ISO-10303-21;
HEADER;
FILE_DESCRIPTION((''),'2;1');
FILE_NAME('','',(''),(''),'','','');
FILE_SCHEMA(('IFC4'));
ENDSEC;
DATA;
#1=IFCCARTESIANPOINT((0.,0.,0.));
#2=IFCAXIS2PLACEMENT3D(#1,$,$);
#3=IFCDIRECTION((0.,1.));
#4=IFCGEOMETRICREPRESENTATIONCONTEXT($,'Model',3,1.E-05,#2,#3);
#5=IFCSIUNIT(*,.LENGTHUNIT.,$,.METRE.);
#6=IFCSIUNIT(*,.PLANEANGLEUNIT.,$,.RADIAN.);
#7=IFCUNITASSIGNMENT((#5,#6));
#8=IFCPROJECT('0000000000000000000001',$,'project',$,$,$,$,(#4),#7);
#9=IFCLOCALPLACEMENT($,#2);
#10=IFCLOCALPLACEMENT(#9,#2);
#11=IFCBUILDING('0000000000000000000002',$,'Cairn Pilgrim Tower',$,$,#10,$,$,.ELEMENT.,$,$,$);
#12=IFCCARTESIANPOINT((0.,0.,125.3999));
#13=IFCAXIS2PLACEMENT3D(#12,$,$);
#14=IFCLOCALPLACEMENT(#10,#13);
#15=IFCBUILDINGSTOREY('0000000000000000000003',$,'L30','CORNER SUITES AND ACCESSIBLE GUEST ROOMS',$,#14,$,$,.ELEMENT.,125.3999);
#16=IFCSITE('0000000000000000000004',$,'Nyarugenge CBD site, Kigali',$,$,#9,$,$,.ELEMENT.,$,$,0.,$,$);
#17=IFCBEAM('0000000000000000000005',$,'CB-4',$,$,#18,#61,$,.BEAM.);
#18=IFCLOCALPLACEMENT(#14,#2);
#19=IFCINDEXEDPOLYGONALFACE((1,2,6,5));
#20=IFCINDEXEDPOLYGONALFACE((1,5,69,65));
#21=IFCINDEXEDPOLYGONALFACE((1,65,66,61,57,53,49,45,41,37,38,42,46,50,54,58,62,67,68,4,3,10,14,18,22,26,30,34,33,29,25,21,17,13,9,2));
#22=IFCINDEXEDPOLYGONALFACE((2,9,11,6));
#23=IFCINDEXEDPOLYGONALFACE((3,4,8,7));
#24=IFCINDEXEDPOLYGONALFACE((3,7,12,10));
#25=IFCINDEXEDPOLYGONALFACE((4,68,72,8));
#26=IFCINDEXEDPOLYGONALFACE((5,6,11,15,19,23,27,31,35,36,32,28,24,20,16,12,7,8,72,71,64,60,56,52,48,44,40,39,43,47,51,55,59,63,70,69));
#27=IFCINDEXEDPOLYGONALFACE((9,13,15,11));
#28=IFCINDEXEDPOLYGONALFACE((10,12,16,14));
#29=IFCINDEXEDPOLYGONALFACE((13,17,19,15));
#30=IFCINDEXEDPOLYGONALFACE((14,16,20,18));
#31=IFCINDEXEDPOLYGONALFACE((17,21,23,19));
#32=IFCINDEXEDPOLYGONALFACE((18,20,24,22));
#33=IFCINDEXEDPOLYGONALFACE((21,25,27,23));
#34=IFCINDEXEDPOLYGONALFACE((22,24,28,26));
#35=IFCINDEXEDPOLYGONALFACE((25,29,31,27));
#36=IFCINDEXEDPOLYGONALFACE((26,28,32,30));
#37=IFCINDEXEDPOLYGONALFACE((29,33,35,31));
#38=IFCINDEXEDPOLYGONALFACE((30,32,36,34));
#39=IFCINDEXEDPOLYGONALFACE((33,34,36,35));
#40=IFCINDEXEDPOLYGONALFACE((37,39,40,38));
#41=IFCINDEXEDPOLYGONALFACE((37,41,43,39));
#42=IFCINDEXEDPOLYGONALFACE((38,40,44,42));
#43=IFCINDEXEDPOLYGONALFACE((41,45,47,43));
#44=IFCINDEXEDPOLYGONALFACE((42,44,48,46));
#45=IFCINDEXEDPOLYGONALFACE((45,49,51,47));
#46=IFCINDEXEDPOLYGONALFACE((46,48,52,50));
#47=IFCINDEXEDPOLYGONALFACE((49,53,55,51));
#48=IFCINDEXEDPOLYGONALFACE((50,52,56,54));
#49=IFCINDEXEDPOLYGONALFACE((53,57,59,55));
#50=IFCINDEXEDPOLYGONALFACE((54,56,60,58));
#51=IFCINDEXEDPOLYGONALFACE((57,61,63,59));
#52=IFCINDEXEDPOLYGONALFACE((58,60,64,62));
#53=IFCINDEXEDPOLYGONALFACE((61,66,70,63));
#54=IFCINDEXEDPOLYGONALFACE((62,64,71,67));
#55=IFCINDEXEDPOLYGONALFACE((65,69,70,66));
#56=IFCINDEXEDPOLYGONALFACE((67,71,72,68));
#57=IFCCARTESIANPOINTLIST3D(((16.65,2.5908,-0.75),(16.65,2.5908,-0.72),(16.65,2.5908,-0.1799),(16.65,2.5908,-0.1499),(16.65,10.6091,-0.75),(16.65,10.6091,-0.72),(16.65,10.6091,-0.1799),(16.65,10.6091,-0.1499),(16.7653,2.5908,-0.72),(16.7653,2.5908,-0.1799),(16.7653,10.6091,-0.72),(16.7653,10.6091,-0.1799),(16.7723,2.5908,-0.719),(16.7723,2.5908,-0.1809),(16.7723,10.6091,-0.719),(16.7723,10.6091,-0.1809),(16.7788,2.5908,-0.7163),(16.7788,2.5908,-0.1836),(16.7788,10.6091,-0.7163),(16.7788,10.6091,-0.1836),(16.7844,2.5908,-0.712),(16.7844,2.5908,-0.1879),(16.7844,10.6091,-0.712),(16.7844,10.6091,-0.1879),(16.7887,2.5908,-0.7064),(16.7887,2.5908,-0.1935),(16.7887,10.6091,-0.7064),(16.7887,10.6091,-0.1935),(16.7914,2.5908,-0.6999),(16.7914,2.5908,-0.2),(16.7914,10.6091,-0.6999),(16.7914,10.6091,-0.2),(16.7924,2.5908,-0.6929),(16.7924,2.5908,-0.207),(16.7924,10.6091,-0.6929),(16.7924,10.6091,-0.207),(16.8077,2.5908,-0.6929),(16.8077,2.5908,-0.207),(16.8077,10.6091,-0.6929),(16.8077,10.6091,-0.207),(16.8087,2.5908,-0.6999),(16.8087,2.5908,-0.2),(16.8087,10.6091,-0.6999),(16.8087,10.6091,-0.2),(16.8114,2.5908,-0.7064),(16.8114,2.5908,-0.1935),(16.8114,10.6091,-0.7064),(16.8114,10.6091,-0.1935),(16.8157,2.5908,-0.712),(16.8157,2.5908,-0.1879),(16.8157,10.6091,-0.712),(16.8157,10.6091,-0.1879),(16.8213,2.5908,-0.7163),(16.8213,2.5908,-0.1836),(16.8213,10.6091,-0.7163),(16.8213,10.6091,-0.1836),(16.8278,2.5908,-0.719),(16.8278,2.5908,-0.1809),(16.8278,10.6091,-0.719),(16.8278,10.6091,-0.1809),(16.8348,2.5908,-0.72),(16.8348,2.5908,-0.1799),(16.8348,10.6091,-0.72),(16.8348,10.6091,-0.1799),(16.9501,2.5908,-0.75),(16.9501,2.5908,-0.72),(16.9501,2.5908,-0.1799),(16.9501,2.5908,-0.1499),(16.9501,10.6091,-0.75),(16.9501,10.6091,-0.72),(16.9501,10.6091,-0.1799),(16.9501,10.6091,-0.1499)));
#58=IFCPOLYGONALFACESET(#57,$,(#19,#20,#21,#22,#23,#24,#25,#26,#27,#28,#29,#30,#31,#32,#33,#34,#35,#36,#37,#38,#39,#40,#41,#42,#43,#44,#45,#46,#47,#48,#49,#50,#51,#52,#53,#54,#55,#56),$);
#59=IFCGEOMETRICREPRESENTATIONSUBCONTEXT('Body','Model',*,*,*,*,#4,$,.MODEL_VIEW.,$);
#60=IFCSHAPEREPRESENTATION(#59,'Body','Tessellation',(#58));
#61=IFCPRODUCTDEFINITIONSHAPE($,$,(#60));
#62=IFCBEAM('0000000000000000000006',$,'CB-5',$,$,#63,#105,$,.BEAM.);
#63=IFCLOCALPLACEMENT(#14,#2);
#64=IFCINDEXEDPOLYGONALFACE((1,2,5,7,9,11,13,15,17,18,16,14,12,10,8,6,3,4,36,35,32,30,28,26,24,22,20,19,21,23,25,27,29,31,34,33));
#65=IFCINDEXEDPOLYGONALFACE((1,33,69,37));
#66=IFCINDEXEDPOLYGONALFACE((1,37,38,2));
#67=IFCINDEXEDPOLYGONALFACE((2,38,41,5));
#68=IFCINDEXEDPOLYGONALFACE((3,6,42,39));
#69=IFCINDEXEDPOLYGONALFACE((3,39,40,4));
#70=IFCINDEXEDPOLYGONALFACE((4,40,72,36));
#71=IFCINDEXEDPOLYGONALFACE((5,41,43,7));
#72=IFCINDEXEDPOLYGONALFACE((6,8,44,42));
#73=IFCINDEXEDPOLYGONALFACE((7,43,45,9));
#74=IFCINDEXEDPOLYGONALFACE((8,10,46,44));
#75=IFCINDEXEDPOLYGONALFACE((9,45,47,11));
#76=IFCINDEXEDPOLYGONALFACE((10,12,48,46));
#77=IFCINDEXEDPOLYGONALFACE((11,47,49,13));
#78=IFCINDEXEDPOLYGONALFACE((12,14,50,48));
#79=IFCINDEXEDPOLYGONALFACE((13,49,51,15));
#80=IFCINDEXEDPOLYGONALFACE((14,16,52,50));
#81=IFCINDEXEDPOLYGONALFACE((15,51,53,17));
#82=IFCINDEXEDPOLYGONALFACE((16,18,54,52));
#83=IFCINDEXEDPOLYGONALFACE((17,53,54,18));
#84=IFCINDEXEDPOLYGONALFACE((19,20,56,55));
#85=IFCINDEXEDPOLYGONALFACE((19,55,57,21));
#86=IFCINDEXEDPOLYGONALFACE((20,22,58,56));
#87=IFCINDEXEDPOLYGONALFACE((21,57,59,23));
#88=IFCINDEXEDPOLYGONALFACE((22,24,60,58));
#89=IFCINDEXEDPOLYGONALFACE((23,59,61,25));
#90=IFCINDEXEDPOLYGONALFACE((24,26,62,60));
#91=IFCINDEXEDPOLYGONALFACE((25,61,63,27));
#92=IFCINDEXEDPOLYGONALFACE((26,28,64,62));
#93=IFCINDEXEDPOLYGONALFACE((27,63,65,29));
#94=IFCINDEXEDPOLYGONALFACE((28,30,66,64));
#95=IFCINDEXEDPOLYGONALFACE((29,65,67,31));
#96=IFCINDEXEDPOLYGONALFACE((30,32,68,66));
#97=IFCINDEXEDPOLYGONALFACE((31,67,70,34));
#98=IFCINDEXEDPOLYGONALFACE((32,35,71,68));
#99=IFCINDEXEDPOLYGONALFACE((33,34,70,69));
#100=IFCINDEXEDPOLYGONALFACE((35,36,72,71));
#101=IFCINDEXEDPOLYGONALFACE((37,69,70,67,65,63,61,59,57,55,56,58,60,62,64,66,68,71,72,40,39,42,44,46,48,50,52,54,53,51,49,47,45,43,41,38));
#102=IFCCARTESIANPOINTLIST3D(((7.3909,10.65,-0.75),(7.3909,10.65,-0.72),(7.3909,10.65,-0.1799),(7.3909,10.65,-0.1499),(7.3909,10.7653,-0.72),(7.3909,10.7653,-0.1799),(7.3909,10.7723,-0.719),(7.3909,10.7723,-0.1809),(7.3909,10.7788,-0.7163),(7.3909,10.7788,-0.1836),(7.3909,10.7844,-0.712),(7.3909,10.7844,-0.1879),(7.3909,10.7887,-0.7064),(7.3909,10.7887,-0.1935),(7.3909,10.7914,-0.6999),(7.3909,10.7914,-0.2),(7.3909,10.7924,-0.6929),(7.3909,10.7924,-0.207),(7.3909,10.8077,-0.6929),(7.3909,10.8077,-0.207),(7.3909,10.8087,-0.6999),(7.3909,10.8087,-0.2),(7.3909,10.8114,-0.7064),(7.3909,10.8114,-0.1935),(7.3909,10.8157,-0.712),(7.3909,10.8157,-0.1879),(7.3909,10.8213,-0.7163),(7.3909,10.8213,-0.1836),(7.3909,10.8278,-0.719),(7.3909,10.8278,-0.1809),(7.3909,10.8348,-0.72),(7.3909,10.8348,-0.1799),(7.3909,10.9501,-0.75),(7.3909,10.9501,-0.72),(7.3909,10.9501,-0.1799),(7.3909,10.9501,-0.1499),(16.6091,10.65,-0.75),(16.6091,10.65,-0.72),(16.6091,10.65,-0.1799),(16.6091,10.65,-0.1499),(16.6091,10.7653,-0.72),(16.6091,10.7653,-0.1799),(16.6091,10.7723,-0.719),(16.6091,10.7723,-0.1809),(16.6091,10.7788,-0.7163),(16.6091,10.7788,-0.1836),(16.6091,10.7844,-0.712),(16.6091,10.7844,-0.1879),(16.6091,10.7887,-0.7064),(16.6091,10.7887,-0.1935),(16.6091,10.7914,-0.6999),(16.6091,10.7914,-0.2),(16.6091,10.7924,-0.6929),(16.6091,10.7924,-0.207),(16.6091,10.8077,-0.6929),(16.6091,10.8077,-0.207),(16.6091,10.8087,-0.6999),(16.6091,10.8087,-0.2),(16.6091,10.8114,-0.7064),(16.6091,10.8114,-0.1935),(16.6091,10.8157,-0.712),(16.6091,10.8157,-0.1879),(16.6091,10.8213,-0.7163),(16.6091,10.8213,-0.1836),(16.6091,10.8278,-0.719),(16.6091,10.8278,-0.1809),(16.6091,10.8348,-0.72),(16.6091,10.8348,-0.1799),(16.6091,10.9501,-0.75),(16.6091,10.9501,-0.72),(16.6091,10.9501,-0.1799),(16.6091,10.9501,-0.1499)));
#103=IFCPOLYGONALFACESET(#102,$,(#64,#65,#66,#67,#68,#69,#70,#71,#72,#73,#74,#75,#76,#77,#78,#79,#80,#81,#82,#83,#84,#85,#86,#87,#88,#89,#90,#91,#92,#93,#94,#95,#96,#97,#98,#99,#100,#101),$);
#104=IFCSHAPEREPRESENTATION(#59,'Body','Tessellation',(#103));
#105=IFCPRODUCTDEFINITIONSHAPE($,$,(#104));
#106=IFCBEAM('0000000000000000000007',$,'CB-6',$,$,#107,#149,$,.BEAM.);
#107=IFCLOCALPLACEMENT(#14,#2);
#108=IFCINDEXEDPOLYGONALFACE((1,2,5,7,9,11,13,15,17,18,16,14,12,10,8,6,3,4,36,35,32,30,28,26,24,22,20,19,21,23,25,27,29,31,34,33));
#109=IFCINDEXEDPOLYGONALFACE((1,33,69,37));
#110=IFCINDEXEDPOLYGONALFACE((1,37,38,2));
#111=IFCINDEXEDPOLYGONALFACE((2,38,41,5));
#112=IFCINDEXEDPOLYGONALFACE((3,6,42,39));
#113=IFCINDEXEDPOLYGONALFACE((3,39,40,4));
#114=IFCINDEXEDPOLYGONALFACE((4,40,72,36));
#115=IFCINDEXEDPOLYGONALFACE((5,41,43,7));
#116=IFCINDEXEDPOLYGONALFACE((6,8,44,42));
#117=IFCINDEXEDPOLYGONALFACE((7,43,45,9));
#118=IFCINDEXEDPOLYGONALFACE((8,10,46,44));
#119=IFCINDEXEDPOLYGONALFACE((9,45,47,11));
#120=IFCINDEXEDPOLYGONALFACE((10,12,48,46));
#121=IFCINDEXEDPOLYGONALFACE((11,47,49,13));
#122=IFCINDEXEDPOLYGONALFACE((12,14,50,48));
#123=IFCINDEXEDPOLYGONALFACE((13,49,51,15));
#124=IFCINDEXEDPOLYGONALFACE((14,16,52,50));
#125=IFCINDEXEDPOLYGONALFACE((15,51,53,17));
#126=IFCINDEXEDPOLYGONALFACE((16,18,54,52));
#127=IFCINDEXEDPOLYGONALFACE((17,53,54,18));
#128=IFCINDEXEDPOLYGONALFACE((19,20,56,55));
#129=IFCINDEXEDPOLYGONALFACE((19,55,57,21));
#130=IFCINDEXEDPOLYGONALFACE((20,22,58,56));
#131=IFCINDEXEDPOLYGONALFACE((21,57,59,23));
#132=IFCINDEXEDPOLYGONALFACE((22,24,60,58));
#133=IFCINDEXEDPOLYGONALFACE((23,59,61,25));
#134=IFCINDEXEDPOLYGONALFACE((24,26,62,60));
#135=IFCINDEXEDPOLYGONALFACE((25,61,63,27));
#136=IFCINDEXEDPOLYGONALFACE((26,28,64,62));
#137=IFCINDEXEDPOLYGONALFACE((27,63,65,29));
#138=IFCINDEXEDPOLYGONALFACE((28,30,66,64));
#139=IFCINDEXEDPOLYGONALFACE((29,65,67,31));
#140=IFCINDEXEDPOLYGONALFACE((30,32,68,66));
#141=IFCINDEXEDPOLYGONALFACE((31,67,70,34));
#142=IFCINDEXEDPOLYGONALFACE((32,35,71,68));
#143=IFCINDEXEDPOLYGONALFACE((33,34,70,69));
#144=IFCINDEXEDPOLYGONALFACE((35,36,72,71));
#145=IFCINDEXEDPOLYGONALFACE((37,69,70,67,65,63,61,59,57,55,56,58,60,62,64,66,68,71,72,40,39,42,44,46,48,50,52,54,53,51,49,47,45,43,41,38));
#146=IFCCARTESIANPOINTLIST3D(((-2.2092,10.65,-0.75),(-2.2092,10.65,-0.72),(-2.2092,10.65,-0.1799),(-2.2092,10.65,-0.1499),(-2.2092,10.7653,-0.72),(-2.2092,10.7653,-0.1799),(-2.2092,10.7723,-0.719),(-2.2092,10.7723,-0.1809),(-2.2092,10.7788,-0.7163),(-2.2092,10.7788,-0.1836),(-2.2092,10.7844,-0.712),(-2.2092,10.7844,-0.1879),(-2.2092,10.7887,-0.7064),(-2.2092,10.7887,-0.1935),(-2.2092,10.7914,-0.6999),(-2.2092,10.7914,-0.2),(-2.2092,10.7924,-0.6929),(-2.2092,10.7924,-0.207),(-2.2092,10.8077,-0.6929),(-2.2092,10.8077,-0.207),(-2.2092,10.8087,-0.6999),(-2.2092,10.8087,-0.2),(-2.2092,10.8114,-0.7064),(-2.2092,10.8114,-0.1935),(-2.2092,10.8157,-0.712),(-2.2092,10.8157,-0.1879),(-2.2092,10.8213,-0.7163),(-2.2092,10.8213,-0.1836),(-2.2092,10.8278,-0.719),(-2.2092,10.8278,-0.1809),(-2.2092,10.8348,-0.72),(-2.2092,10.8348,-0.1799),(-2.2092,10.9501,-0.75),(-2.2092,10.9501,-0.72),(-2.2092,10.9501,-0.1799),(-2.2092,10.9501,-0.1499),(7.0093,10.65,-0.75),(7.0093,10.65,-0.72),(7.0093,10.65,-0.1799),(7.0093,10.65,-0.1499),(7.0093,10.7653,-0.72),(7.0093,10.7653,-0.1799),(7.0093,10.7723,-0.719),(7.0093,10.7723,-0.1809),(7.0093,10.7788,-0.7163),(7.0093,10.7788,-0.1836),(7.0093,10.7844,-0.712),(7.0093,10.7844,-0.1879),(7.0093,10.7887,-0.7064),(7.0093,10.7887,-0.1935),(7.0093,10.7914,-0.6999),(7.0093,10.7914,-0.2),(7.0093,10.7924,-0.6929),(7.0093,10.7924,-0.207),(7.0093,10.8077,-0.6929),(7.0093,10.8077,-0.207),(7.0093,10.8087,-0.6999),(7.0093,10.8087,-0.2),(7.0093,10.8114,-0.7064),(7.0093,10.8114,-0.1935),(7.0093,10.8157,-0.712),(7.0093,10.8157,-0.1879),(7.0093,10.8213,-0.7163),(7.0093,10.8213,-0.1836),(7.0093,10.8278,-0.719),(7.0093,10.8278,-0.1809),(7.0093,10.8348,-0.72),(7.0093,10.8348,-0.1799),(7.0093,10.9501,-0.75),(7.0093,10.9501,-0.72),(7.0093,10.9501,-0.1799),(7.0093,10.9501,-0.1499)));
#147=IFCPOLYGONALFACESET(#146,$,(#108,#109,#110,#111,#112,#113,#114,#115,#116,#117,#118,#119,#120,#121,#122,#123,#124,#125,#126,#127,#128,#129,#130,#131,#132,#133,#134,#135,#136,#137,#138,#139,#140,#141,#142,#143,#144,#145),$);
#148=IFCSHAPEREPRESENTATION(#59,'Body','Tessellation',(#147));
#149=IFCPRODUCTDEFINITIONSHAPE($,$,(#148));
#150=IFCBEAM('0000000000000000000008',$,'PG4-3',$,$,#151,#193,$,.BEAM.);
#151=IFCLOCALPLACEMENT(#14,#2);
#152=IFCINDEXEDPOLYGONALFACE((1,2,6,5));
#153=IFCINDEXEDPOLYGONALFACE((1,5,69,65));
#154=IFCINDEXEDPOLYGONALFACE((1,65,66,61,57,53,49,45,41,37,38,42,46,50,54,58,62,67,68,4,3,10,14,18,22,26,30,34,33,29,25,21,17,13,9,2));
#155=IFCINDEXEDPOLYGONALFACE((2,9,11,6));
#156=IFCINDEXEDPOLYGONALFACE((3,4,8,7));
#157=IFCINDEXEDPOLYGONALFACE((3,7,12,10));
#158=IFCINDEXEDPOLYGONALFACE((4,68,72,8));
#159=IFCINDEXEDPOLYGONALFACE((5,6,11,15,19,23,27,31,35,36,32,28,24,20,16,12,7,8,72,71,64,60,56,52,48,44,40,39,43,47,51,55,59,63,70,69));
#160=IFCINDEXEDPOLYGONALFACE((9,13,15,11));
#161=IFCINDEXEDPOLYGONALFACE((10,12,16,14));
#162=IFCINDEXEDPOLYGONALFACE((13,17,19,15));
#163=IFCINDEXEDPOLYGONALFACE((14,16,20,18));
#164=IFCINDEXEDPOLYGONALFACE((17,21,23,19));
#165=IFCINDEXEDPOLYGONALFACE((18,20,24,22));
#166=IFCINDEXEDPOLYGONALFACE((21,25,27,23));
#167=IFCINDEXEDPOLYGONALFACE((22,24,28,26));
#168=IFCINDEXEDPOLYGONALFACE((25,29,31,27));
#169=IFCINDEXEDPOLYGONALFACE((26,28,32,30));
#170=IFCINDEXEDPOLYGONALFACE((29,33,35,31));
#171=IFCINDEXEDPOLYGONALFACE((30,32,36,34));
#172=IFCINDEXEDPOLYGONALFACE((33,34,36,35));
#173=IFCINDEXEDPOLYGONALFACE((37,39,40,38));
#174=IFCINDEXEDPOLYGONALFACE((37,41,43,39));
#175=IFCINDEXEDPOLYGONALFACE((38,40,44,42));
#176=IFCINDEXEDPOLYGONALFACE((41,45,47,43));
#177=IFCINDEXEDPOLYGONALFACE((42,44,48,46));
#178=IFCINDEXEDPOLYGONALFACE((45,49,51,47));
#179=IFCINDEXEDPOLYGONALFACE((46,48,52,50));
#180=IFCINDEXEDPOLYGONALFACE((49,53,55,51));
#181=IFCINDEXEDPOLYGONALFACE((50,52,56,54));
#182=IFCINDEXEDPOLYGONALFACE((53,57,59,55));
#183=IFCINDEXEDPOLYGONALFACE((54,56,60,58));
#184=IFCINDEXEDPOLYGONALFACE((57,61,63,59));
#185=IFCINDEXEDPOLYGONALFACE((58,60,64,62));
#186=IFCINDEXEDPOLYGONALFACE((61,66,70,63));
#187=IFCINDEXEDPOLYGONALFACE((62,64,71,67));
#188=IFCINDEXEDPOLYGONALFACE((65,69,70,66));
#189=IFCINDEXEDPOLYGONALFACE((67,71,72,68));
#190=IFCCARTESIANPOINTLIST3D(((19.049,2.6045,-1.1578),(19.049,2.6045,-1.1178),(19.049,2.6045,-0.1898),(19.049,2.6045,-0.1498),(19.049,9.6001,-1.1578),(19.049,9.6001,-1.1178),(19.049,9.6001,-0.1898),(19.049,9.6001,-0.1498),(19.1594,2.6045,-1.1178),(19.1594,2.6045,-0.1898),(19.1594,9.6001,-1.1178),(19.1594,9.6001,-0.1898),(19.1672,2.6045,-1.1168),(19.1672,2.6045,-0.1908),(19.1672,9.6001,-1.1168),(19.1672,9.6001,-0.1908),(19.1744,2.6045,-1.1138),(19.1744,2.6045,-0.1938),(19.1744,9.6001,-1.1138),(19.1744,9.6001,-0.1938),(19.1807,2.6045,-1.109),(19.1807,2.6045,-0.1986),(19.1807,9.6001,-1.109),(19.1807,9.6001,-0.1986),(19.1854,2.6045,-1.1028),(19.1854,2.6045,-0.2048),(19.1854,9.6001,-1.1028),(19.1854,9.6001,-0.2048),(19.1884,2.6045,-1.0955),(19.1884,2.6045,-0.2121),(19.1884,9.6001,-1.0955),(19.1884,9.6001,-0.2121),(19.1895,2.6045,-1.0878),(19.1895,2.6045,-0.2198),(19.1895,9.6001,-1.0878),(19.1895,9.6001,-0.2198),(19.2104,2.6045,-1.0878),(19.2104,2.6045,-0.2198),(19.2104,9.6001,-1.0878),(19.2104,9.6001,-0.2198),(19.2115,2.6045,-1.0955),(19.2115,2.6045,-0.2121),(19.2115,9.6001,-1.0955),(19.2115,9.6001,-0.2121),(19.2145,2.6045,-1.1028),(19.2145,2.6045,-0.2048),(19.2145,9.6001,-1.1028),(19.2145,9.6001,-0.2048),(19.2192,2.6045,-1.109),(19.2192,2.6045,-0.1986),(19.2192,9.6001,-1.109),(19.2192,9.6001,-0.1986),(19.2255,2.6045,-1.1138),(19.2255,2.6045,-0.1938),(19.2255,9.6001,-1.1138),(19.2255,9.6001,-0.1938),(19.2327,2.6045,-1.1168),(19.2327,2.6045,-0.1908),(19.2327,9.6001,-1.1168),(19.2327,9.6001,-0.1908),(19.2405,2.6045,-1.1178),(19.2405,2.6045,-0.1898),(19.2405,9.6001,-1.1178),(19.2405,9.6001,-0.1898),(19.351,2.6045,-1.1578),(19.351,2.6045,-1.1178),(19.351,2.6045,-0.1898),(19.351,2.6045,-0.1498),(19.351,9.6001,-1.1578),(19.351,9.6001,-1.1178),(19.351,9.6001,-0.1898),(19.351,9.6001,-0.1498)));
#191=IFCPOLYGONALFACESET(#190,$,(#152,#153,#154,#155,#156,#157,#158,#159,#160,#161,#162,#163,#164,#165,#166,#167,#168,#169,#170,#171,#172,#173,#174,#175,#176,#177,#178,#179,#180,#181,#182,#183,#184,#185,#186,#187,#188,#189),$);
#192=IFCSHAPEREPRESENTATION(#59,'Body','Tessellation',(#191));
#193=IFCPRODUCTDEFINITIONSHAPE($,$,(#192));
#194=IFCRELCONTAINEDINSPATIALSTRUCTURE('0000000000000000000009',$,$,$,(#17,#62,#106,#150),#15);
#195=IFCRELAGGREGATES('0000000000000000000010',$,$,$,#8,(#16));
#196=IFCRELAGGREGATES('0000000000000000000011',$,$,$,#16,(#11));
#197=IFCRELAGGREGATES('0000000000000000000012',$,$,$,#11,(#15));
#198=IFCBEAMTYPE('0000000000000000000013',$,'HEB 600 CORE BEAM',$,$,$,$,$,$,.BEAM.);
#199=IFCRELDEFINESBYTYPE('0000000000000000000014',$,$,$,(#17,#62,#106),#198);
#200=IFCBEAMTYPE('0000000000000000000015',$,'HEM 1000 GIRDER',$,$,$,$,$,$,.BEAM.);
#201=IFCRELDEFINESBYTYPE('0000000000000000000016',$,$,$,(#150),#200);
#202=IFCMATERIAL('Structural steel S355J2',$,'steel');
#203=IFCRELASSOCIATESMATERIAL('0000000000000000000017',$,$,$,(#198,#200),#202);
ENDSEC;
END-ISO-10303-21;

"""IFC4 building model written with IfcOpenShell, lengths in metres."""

from ifc_helpers import new_model, si_unit, direction, frame, origin, origin_2d, place, context, subcontext, project, spatial, i_section, extrude, material, material_profile, profile_set, type_object, element, save


model = new_model("IFC4")

# Units and contexts
model_context = context("Model", 3, precision=1e-05, world=origin(), true_north=direction((0.0, 1.0)))
body_context = subcontext(model_context, "Body", "Model", "MODEL_VIEW")
ifc_project = project(units=[si_unit("LENGTHUNIT", "METRE"), si_unit("PLANEANGLEUNIT", "RADIAN")], contexts=[model_context])

# Site, building, storey
site_placement = place(None, origin())
site = spatial("IfcSite", under=ifc_project, at=site_placement, Name="Nyarugenge CBD site, Kigali", CompositionType="ELEMENT", RefElevation=0.0)
building_placement = place(site_placement, origin())
building = spatial("IfcBuilding", under=site, at=building_placement, Name="Cairn Pilgrim Tower", CompositionType="ELEMENT")
storey_placement = place(building_placement, frame((0.0, 0.0, 125.3999)))
storey = spatial("IfcBuildingStorey", under=building, at=storey_placement, Name="L30", Description="CORNER SUITES AND ACCESSIBLE GUEST ROOMS", CompositionType="ELEMENT", Elevation=125.3999)

# Beams
ifc_material_1 = material(Name="Structural steel S355J2", Category="steel")
ifc_material_profile_1 = material_profile(ifc_material_1, i_section(OverallWidth=0.3, OverallDepth=0.6001, WebThickness=0.0154, FlangeThickness=0.03, FilletRadius=0.0271, at=origin_2d()), Name="HEB 600")
ifc_profile_set_1 = profile_set([ifc_material_profile_1], Name="Structural steel S355J2")
beam_type_1 = type_object("IfcBeamType", Name="HEB 600 CORE BEAM", PredefinedType="BEAM", material=ifc_profile_set_1)
beam_1_placement = place(storey_placement, frame((16.8, 2.5908, -0.45), z_axis=(0.0, 1.0, 0.0), x_axis=(-1.0, 0.0, 0.0)))
element("IfcBeam", 1, at=beam_1_placement, inside=storey, type_object=beam_type_1, Name="CB-4", PredefinedType="BEAM", context=body_context, shape_type="SweptSolid", body=[
    extrude(i_section(OverallWidth=0.3, OverallDepth=0.6001, WebThickness=0.0154, FlangeThickness=0.03, FilletRadius=0.0271, at=origin_2d()), origin(), (0.0, 0.0, 1.0), 8.0183),
])
beam_2_placement = place(storey_placement, frame((16.6091, 10.8, -0.45), z_axis=(-1.0, 0.0, 0.0), x_axis=(0.0, -1.0, 0.0)))
element("IfcBeam", 2, at=beam_2_placement, inside=storey, type_object=beam_type_1, Name="CB-5", PredefinedType="BEAM", context=body_context, shape_type="SweptSolid", body=[
    extrude(i_section(OverallWidth=0.3, OverallDepth=0.6001, WebThickness=0.0154, FlangeThickness=0.03, FilletRadius=0.0271, at=origin_2d()), origin(), (0.0, 0.0, 1.0), 9.2183),
])
beam_3_placement = place(storey_placement, frame((7.0093, 10.8, -0.45), z_axis=(-1.0, 0.0, 0.0), x_axis=(0.0, -1.0, 0.0)))
element("IfcBeam", 3, at=beam_3_placement, inside=storey, type_object=beam_type_1, Name="CB-6", PredefinedType="BEAM", context=body_context, shape_type="SweptSolid", body=[
    extrude(i_section(OverallWidth=0.3, OverallDepth=0.6001, WebThickness=0.0154, FlangeThickness=0.03, FilletRadius=0.0271, at=origin_2d()), origin(), (0.0, 0.0, 1.0), 9.2185),
])
ifc_material_profile_2 = material_profile(ifc_material_1, i_section(OverallWidth=0.302, OverallDepth=1.0081, WebThickness=0.021, FlangeThickness=0.04, FilletRadius=0.03, at=origin_2d()), Name="HEM 1000")
ifc_profile_set_2 = profile_set([ifc_material_profile_2], Name="Structural steel S355J2")
beam_type_2 = type_object("IfcBeamType", Name="HEM 1000 GIRDER", PredefinedType="BEAM", material=ifc_profile_set_2)
beam_4_placement = place(storey_placement, frame((19.2, 2.6045, -0.6538), z_axis=(0.0, 1.0, 0.0), x_axis=(-1.0, 0.0, 0.0)))
element("IfcBeam", 4, at=beam_4_placement, inside=storey, type_object=beam_type_2, Name="PG4-3", PredefinedType="BEAM", context=body_context, shape_type="SweptSolid", body=[
    extrude(i_section(OverallWidth=0.302, OverallDepth=1.0081, WebThickness=0.021, FlangeThickness=0.04, FilletRadius=0.03, at=origin_2d()), origin(), (0.0, 0.0, 1.0), 6.9956),
])

save(model, "model.ifc")
